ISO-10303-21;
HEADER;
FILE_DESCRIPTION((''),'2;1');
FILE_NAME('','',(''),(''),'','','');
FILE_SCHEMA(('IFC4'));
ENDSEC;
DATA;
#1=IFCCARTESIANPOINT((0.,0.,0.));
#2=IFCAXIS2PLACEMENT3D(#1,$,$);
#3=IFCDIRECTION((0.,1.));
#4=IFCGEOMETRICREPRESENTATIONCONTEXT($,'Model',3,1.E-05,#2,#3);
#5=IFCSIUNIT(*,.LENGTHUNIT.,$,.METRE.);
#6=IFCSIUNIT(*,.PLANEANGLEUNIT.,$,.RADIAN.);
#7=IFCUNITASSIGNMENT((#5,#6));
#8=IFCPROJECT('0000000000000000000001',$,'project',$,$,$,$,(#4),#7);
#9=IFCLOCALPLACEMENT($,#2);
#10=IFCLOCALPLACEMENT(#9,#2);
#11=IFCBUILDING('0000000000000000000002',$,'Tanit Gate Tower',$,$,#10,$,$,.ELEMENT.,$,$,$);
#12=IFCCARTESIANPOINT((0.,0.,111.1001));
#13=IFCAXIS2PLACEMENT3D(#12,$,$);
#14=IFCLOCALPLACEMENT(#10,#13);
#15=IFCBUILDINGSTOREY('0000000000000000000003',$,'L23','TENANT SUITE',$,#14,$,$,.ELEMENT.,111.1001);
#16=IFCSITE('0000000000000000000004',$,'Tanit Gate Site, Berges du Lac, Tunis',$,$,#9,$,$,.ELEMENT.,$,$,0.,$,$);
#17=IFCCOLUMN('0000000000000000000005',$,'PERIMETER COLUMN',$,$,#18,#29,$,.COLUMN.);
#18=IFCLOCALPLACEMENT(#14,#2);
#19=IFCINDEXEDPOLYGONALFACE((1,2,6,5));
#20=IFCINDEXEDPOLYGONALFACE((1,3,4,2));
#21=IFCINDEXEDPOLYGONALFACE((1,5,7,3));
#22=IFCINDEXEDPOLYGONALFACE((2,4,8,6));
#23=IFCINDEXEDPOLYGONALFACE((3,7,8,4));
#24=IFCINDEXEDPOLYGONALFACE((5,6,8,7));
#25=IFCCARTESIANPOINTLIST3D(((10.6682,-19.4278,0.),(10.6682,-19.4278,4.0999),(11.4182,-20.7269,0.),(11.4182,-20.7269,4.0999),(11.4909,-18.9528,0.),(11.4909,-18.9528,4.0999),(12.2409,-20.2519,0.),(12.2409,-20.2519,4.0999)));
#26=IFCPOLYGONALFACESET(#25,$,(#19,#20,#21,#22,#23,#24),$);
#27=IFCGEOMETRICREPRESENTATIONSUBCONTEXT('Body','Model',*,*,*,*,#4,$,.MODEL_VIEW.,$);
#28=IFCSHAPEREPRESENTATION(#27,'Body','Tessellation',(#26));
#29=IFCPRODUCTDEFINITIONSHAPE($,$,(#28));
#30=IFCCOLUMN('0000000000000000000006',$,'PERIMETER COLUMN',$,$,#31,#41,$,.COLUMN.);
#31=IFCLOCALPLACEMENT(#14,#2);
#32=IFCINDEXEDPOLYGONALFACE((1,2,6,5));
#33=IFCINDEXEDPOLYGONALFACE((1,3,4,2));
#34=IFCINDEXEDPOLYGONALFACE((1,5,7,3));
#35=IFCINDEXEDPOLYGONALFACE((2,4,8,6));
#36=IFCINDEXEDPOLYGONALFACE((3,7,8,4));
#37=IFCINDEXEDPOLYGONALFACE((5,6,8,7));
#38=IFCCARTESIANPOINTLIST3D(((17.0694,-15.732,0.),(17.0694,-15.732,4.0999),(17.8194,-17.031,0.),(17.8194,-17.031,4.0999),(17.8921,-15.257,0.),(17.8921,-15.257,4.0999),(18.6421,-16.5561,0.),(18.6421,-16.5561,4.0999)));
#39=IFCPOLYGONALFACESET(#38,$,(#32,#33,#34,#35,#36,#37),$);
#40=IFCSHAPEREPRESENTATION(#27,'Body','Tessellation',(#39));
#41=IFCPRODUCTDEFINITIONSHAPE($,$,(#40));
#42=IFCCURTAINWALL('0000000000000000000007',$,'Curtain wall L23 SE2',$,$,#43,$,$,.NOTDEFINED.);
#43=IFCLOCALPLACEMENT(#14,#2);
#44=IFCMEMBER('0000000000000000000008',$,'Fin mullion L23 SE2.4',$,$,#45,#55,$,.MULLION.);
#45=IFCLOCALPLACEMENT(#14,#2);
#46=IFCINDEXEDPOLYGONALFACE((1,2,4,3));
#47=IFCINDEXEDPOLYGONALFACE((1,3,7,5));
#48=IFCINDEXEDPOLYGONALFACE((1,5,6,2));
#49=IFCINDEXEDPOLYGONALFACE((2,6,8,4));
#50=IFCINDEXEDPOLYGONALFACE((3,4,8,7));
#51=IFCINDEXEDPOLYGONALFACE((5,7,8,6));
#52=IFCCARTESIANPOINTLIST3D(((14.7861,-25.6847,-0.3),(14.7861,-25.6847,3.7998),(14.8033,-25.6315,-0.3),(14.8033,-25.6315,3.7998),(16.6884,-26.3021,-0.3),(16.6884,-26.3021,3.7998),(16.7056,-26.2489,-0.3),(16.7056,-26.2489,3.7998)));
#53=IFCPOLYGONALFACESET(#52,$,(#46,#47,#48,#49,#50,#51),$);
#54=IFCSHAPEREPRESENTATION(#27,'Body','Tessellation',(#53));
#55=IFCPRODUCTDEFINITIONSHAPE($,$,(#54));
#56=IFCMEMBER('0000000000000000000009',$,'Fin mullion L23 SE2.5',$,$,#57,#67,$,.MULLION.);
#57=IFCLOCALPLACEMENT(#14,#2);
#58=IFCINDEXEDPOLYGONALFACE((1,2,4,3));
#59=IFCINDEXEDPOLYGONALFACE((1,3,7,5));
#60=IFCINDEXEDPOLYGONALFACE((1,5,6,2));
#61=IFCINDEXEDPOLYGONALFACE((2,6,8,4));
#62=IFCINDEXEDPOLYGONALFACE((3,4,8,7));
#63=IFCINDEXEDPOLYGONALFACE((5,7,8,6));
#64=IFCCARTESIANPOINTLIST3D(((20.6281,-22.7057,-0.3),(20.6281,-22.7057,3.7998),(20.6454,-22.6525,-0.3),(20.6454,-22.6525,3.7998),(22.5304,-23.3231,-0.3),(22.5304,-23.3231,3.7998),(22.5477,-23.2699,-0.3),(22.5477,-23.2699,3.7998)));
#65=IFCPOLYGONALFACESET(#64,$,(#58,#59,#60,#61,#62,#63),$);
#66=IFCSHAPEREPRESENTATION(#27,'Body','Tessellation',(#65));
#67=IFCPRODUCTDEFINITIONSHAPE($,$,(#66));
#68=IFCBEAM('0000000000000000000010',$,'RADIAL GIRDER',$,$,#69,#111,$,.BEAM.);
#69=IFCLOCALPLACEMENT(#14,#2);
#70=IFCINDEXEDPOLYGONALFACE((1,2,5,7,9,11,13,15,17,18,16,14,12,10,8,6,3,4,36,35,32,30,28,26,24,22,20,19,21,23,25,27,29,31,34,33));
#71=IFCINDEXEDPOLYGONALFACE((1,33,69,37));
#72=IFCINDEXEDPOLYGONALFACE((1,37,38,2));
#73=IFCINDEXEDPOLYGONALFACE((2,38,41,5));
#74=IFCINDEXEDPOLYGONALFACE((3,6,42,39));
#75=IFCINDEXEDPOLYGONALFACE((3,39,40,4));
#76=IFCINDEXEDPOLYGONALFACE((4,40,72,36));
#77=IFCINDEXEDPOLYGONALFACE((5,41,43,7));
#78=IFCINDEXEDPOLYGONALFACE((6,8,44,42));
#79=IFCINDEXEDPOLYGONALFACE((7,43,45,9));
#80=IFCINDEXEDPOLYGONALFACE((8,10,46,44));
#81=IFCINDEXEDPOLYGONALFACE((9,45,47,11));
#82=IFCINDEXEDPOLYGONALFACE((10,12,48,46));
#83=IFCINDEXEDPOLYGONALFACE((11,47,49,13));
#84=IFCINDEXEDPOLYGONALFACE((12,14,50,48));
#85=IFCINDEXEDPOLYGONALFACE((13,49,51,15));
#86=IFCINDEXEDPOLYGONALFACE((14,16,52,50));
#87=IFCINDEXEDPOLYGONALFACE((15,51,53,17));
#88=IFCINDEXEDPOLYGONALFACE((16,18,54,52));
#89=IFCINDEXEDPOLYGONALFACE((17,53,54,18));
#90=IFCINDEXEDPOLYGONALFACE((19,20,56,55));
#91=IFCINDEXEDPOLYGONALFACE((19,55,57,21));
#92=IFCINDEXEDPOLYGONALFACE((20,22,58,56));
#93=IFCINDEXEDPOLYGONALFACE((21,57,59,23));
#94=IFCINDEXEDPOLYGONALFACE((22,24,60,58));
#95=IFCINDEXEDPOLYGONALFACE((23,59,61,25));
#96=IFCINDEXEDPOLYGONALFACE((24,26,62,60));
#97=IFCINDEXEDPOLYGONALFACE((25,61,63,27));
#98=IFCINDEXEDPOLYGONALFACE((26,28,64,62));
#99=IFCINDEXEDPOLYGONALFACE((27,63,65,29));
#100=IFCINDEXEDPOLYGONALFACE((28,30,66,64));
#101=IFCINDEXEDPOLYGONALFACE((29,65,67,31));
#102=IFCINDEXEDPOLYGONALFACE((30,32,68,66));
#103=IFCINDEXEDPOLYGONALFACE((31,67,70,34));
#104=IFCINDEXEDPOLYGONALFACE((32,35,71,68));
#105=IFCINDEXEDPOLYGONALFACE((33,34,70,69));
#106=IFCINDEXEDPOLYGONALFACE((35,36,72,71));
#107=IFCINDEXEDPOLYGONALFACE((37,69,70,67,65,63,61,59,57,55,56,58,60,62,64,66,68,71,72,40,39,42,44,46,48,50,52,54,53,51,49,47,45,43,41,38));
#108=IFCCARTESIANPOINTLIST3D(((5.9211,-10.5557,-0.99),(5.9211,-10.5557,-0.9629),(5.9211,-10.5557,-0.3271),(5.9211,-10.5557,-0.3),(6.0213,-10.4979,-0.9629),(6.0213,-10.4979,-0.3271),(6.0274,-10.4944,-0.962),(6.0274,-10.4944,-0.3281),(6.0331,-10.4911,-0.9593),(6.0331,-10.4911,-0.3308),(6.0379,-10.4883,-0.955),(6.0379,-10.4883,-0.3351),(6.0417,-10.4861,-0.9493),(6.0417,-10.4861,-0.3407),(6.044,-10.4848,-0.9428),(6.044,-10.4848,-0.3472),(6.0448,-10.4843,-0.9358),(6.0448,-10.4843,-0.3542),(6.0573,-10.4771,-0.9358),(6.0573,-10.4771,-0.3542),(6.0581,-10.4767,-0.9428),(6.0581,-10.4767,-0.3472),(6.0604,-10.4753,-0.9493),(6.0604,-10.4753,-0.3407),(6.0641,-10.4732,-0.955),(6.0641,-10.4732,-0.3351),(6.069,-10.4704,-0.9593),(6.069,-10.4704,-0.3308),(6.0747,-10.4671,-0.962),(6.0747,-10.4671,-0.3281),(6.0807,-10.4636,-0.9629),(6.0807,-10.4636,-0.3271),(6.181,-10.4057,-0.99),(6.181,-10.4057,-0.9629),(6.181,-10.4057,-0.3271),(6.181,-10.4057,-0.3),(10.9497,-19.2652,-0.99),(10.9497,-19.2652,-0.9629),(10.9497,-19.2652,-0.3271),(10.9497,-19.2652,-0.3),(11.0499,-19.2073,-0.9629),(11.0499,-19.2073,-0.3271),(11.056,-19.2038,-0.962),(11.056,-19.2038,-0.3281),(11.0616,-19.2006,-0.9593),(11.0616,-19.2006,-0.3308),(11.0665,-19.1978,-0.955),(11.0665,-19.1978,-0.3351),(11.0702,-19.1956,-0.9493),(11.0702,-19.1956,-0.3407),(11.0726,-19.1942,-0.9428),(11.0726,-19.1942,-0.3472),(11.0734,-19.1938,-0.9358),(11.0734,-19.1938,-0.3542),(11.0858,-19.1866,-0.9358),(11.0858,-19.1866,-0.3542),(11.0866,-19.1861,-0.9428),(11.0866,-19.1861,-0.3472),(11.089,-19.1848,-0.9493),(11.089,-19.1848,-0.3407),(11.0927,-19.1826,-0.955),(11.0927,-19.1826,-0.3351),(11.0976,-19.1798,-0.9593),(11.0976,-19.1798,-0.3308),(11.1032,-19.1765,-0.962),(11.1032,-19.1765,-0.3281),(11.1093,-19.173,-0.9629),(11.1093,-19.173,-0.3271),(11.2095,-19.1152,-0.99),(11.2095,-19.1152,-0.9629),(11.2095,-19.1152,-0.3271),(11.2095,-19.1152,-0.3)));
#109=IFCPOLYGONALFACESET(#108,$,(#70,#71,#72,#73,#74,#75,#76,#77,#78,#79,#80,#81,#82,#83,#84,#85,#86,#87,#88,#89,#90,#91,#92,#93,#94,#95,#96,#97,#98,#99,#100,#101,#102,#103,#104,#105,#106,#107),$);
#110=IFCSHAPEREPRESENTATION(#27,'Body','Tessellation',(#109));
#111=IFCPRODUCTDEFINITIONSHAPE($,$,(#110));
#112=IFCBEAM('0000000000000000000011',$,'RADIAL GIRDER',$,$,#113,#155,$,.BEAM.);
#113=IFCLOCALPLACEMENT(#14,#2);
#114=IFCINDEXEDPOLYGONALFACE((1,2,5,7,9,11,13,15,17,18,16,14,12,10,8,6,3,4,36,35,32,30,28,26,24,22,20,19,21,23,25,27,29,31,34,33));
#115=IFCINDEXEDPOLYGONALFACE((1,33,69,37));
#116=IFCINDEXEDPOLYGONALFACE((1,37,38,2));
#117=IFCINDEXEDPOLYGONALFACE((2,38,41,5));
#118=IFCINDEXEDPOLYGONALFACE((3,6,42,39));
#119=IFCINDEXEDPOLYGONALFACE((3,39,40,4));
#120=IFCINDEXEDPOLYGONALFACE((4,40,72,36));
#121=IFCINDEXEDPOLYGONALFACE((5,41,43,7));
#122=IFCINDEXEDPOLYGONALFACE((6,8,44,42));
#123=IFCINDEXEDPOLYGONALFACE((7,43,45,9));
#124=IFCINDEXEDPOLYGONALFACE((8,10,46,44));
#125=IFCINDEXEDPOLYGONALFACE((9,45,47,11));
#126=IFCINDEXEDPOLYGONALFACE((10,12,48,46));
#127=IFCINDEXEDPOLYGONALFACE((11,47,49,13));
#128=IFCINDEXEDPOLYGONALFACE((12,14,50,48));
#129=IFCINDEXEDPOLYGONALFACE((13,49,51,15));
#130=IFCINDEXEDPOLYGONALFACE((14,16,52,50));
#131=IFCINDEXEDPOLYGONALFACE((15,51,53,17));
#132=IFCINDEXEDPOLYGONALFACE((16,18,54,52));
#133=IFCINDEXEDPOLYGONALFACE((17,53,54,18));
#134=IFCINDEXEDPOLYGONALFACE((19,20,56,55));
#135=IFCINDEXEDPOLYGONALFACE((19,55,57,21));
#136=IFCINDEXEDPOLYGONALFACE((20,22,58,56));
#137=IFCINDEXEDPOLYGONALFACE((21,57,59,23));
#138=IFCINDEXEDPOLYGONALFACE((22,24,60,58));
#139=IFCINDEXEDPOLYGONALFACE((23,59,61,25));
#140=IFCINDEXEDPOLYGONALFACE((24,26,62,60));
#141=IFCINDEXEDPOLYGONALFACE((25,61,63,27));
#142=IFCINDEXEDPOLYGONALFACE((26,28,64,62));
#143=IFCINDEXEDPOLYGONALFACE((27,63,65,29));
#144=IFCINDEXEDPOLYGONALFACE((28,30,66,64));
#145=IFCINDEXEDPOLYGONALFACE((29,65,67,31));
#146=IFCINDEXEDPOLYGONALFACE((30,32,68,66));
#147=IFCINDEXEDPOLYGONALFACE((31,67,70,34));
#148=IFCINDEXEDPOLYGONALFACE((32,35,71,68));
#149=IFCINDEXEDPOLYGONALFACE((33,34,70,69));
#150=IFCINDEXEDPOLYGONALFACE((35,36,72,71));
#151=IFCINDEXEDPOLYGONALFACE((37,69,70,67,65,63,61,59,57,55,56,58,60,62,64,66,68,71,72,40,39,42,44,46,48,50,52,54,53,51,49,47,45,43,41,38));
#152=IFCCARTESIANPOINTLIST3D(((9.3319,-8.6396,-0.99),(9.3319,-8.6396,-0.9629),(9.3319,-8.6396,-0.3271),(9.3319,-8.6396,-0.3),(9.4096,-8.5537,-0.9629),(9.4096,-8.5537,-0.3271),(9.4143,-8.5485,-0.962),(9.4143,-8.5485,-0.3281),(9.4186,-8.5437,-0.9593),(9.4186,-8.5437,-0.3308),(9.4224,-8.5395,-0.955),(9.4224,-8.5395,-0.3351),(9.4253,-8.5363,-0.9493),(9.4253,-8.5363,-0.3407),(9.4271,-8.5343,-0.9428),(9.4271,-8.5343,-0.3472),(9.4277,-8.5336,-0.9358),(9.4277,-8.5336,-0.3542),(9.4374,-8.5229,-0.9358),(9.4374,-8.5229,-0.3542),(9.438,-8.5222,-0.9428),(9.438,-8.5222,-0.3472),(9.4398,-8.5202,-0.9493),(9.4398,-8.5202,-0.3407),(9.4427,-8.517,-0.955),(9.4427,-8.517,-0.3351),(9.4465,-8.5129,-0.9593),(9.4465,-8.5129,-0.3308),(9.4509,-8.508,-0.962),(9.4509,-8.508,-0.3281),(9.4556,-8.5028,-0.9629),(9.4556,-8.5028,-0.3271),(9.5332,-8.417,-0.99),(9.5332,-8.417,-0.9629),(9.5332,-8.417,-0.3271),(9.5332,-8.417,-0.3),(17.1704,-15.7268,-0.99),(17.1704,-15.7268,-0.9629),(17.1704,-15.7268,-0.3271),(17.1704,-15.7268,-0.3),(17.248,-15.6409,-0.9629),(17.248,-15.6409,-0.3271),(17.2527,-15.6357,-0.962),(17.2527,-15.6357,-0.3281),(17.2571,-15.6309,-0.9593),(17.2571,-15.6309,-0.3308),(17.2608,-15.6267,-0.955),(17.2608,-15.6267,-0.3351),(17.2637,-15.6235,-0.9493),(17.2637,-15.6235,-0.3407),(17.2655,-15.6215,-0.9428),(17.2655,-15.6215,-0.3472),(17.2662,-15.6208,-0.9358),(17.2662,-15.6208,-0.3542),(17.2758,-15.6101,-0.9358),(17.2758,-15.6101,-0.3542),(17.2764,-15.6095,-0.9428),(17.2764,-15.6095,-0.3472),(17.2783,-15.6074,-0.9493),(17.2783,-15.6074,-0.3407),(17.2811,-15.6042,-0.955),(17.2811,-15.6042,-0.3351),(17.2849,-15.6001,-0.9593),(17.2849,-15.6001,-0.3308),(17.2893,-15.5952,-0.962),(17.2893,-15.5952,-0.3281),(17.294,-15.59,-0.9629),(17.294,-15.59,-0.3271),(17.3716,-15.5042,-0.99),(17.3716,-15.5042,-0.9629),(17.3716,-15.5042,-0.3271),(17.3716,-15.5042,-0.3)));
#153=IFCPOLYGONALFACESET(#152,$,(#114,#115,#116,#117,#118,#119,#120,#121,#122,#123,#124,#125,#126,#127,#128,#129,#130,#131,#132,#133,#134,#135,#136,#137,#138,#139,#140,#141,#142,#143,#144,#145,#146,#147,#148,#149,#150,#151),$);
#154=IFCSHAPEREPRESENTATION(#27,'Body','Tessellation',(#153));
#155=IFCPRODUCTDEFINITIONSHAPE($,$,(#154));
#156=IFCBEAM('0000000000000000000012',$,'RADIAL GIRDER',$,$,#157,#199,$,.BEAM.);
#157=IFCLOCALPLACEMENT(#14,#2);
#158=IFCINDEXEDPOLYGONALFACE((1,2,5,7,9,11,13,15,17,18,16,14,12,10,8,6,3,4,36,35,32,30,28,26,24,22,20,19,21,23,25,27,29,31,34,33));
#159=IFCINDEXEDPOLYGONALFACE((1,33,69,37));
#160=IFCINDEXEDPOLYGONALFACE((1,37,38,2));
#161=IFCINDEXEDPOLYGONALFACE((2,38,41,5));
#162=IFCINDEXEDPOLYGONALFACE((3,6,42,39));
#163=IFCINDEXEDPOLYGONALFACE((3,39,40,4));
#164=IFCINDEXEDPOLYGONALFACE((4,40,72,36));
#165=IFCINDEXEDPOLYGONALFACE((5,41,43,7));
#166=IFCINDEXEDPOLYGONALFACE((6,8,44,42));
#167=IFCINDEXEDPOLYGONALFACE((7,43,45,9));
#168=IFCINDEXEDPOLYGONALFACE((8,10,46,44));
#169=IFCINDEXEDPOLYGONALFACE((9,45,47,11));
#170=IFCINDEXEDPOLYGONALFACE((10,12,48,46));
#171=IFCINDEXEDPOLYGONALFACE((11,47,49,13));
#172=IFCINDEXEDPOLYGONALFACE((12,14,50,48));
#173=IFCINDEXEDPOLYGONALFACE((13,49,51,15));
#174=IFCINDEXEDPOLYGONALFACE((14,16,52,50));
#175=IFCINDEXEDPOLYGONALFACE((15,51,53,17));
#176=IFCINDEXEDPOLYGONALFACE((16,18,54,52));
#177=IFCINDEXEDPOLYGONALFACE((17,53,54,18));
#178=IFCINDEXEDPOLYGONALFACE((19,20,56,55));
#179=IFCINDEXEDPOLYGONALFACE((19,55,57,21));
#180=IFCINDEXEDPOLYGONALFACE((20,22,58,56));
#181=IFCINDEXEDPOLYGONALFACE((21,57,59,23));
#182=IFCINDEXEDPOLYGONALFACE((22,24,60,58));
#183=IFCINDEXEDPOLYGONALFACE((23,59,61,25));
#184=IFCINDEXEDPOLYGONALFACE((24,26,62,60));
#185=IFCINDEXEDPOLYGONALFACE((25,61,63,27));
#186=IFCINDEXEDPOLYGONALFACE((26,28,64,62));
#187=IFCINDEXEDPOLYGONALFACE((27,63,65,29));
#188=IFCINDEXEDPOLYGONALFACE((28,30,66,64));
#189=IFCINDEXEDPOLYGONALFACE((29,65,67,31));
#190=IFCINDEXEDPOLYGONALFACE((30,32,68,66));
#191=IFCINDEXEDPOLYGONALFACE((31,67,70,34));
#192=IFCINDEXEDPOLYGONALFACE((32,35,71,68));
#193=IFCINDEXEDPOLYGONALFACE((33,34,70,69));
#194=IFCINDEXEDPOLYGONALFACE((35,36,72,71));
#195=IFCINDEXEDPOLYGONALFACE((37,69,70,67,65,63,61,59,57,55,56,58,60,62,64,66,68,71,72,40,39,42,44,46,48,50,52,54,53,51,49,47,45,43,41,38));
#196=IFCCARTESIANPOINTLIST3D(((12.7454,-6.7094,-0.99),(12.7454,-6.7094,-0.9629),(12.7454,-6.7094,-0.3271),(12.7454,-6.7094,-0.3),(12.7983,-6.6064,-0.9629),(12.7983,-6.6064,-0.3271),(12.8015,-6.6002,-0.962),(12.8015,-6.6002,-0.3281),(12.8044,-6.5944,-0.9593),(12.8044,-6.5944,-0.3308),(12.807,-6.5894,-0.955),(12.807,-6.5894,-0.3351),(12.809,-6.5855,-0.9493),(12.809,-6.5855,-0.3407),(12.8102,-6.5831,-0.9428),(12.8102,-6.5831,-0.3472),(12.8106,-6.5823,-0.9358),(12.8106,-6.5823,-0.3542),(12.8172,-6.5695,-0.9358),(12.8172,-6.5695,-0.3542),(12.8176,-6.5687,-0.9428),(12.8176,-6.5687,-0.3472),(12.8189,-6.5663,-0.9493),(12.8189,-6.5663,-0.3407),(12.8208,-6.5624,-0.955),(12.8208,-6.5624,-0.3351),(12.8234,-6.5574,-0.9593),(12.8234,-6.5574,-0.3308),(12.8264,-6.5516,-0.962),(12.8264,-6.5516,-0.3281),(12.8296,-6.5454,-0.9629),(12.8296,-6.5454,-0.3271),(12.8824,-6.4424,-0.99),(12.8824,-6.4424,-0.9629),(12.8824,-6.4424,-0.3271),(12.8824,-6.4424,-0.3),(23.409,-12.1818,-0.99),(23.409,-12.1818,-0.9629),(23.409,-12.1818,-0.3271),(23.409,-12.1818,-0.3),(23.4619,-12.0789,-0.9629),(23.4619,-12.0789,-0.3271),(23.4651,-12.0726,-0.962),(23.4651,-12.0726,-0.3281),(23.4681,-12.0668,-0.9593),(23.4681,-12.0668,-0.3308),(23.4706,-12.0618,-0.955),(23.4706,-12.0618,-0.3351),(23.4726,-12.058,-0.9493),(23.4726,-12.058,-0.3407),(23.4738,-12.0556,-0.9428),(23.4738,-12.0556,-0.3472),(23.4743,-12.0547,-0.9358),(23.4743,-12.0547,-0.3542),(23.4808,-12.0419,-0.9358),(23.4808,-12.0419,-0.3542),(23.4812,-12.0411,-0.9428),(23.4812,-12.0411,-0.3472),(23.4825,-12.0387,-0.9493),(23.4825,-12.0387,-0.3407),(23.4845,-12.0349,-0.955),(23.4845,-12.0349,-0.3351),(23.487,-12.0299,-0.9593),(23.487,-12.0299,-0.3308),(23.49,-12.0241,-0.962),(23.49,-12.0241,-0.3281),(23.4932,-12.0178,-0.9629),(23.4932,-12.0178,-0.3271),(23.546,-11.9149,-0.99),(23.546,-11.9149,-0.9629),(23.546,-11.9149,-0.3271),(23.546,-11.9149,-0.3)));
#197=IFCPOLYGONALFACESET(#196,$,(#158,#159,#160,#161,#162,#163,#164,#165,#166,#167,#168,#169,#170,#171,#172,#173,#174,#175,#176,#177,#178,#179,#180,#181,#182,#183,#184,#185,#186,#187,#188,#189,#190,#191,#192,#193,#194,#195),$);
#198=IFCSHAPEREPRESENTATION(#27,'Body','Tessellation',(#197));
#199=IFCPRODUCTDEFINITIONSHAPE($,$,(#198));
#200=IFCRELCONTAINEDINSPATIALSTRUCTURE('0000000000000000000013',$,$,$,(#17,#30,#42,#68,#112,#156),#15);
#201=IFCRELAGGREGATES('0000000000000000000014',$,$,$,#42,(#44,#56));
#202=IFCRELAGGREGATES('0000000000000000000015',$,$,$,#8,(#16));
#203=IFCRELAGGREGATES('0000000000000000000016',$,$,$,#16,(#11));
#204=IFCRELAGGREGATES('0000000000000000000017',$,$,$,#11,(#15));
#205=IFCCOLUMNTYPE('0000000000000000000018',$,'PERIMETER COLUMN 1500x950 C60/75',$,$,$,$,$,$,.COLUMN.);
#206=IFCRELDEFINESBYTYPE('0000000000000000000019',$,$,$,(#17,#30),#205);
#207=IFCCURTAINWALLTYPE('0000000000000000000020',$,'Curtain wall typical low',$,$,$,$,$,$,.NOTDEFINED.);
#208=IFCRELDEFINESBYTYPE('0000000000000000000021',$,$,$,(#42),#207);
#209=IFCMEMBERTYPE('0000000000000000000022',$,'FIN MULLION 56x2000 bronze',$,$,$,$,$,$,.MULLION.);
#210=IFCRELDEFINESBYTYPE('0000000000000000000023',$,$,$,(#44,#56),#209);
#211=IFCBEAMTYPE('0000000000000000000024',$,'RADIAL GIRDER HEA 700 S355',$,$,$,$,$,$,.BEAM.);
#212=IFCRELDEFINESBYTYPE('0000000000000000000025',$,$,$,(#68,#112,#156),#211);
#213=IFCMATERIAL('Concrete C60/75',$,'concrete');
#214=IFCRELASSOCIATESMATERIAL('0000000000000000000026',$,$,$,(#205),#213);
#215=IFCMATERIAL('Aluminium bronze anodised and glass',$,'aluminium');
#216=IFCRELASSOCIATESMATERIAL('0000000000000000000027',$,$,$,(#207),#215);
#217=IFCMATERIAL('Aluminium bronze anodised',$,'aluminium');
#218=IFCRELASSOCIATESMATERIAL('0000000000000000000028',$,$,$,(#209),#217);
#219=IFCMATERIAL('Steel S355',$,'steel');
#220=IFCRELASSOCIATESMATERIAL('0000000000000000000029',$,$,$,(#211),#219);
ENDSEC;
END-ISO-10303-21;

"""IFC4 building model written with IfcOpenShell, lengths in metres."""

from ifc_helpers import new_model, si_unit, direction, frame, origin, origin_2d, place, context, subcontext, project, spatial, rectangle, i_section, extrude, material, material_profile, profile_set, type_object, element, aggregate, save


model = new_model("IFC4")

# Units and contexts
model_context = context("Model", 3, precision=1e-05, world=origin(), true_north=direction((0.0, 1.0)))
body_context = subcontext(model_context, "Body", "Model", "MODEL_VIEW")
ifc_project = project(units=[si_unit("LENGTHUNIT", "METRE"), si_unit("PLANEANGLEUNIT", "RADIAN")], contexts=[model_context])

# Site, building, storey
site_placement = place(None, origin())
site = spatial("IfcSite", under=ifc_project, at=site_placement, Name="Tanit Gate Site, Berges du Lac, Tunis", CompositionType="ELEMENT", RefElevation=0.0)
building_placement = place(site_placement, origin())
building = spatial("IfcBuilding", under=site, at=building_placement, Name="Tanit Gate Tower", CompositionType="ELEMENT")
storey_placement = place(building_placement, frame((0.0, 0.0, 111.1001)))
storey = spatial("IfcBuildingStorey", under=building, at=storey_placement, Name="L23", Description="TENANT SUITE", CompositionType="ELEMENT", Elevation=111.1001)

# Columns
ifc_material_1 = material(Name="Concrete C60/75", Category="concrete")
ifc_material_profile_1 = material_profile(ifc_material_1, rectangle(XDim=1.5, YDim=0.95, at=origin_2d()), Name="RC 1500x950")
ifc_profile_set_1 = profile_set([ifc_material_profile_1], Name="Concrete C60/75")
column_type = type_object("IfcColumnType", Name="PERIMETER COLUMN 1500x950 C60/75", PredefinedType="COLUMN", material=ifc_profile_set_1)
for number, where, z_axis, x_axis, name in (
    (1, (11.4546, -19.8398, 0.0), (0.0, 0.0, 1.0), (0.5, -0.866025, 0.0), "PERIMETER COLUMN"),
    (2, (17.8557, -16.144, 0.0), (0.0, 0.0, 1.0), (0.5, -0.866025, 0.0), "PERIMETER COLUMN"),
):
    element("IfcColumn", number, at=place(storey_placement, frame(where, z_axis=z_axis, x_axis=x_axis)), inside=storey, type_object=column_type, Name=name, PredefinedType="COLUMN", context=body_context, shape_type="SweptSolid", body=[
        extrude(rectangle(XDim=1.5, YDim=0.95, at=origin_2d()), origin(), (0.0, 0.0, 1.0), 4.0999),
    ])

# Curtain wall, members
ifc_material_2 = material(Name="Aluminium bronze anodised and glass", Category="aluminium")
curtain_wall_type = type_object("IfcCurtainWallType", Name="Curtain wall typical low", PredefinedType="NOTDEFINED", material=ifc_material_2)
curtain_wall_placement = place(storey_placement, origin())
curtain_wall = element("IfcCurtainWall", 3, at=curtain_wall_placement, inside=storey, type_object=curtain_wall_type, Name="Curtain wall L23 SE2", PredefinedType="NOTDEFINED")
ifc_material_3 = material(Name="Aluminium bronze anodised", Category="aluminium")
ifc_material_profile_2 = material_profile(ifc_material_3, rectangle(XDim=2.0, YDim=0.0559, at=origin_2d()), Name="56x2000 bronze fin mullion")
ifc_profile_set_2 = profile_set([ifc_material_profile_2], Name="Aluminium bronze anodised")
member_type_1 = type_object("IfcMemberType", Name="FIN MULLION 56x2000 bronze", PredefinedType="MULLION", material=ifc_profile_set_2)
member_1_placement = place(storey_placement, frame((15.7458, -25.9668, -0.3), z_axis=(0.0, 0.0, 1.0), x_axis=(-0.95116, 0.3087, 0.0)))
member_1 = element("IfcMember", 4, at=member_1_placement, type_object=member_type_1, Name="Fin mullion L23 SE2.4", PredefinedType="MULLION", context=body_context, shape_type="SweptSolid", body=[
    extrude(rectangle(XDim=2.0, YDim=0.0559, at=origin_2d()), origin(), (0.0, 0.0, 1.0), 4.0999),
])
member_2_placement = place(storey_placement, frame((21.5879, -22.9878, -0.3), z_axis=(0.0, 0.0, 1.0), x_axis=(-0.95116, 0.3087, 0.0)))
member_2 = element("IfcMember", 5, at=member_2_placement, type_object=member_type_1, Name="Fin mullion L23 SE2.5", PredefinedType="MULLION", context=body_context, shape_type="SweptSolid", body=[
    extrude(rectangle(XDim=2.0, YDim=0.0559, at=origin_2d()), origin(), (0.0, 0.0, 1.0), 4.0999),
])

# Beams
ifc_material_4 = material(Name="Steel S355", Category="steel")
ifc_material_profile_3 = material_profile(ifc_material_4, i_section(OverallWidth=0.3, OverallDepth=0.6899, WebThickness=0.0144, FlangeThickness=0.0271, FilletRadius=0.0271, at=origin_2d()), Name="HEA 700")
ifc_profile_set_3 = profile_set([ifc_material_profile_3], Name="Steel S355")
beam_type = type_object("IfcBeamType", Name="RADIAL GIRDER HEA 700 S355", PredefinedType="BEAM", material=ifc_profile_set_3)
beam_1_placement = place(storey_placement, frame((11.0796, -19.1902, -0.645), z_axis=(-0.500011, 0.866019, 0.0), x_axis=(-0.866019, -0.500011, 0.0)))
element("IfcBeam", 6, at=beam_1_placement, inside=storey, type_object=beam_type, Name="RADIAL GIRDER", PredefinedType="BEAM", context=body_context, shape_type="SweptSolid", body=[
    extrude(i_section(OverallWidth=0.3, OverallDepth=0.6899, WebThickness=0.0144, FlangeThickness=0.0271, FilletRadius=0.0271, at=origin_2d()), origin(), (0.0, 0.0, 1.0), 10.0569),
])
beam_2_placement = place(storey_placement, frame((17.271, -15.6155, -0.645), z_axis=(-0.741757, 0.670668, 0.0), x_axis=(-0.670668, -0.741757, 0.0)))
element("IfcBeam", 7, at=beam_2_placement, inside=storey, type_object=beam_type, Name="RADIAL GIRDER", PredefinedType="BEAM", context=body_context, shape_type="SweptSolid", body=[
    extrude(i_section(OverallWidth=0.3, OverallDepth=0.6899, WebThickness=0.0144, FlangeThickness=0.0271, FilletRadius=0.0271, at=origin_2d()), origin(), (0.0, 0.0, 1.0), 10.5674),
])
beam_3_placement = place(storey_placement, frame((23.4775, -12.0483, -0.645), z_axis=(-0.889685, 0.456575, 0.0), x_axis=(-0.456575, -0.889685, 0.0)))
element("IfcBeam", 8, at=beam_3_placement, inside=storey, type_object=beam_type, Name="RADIAL GIRDER", PredefinedType="BEAM", context=body_context, shape_type="SweptSolid", body=[
    extrude(i_section(OverallWidth=0.3, OverallDepth=0.6899, WebThickness=0.0144, FlangeThickness=0.0271, FilletRadius=0.0271, at=origin_2d()), origin(), (0.0, 0.0, 1.0), 11.9858),
])

aggregate(curtain_wall, [member_1, member_2])

save(model, "model.ifc")
